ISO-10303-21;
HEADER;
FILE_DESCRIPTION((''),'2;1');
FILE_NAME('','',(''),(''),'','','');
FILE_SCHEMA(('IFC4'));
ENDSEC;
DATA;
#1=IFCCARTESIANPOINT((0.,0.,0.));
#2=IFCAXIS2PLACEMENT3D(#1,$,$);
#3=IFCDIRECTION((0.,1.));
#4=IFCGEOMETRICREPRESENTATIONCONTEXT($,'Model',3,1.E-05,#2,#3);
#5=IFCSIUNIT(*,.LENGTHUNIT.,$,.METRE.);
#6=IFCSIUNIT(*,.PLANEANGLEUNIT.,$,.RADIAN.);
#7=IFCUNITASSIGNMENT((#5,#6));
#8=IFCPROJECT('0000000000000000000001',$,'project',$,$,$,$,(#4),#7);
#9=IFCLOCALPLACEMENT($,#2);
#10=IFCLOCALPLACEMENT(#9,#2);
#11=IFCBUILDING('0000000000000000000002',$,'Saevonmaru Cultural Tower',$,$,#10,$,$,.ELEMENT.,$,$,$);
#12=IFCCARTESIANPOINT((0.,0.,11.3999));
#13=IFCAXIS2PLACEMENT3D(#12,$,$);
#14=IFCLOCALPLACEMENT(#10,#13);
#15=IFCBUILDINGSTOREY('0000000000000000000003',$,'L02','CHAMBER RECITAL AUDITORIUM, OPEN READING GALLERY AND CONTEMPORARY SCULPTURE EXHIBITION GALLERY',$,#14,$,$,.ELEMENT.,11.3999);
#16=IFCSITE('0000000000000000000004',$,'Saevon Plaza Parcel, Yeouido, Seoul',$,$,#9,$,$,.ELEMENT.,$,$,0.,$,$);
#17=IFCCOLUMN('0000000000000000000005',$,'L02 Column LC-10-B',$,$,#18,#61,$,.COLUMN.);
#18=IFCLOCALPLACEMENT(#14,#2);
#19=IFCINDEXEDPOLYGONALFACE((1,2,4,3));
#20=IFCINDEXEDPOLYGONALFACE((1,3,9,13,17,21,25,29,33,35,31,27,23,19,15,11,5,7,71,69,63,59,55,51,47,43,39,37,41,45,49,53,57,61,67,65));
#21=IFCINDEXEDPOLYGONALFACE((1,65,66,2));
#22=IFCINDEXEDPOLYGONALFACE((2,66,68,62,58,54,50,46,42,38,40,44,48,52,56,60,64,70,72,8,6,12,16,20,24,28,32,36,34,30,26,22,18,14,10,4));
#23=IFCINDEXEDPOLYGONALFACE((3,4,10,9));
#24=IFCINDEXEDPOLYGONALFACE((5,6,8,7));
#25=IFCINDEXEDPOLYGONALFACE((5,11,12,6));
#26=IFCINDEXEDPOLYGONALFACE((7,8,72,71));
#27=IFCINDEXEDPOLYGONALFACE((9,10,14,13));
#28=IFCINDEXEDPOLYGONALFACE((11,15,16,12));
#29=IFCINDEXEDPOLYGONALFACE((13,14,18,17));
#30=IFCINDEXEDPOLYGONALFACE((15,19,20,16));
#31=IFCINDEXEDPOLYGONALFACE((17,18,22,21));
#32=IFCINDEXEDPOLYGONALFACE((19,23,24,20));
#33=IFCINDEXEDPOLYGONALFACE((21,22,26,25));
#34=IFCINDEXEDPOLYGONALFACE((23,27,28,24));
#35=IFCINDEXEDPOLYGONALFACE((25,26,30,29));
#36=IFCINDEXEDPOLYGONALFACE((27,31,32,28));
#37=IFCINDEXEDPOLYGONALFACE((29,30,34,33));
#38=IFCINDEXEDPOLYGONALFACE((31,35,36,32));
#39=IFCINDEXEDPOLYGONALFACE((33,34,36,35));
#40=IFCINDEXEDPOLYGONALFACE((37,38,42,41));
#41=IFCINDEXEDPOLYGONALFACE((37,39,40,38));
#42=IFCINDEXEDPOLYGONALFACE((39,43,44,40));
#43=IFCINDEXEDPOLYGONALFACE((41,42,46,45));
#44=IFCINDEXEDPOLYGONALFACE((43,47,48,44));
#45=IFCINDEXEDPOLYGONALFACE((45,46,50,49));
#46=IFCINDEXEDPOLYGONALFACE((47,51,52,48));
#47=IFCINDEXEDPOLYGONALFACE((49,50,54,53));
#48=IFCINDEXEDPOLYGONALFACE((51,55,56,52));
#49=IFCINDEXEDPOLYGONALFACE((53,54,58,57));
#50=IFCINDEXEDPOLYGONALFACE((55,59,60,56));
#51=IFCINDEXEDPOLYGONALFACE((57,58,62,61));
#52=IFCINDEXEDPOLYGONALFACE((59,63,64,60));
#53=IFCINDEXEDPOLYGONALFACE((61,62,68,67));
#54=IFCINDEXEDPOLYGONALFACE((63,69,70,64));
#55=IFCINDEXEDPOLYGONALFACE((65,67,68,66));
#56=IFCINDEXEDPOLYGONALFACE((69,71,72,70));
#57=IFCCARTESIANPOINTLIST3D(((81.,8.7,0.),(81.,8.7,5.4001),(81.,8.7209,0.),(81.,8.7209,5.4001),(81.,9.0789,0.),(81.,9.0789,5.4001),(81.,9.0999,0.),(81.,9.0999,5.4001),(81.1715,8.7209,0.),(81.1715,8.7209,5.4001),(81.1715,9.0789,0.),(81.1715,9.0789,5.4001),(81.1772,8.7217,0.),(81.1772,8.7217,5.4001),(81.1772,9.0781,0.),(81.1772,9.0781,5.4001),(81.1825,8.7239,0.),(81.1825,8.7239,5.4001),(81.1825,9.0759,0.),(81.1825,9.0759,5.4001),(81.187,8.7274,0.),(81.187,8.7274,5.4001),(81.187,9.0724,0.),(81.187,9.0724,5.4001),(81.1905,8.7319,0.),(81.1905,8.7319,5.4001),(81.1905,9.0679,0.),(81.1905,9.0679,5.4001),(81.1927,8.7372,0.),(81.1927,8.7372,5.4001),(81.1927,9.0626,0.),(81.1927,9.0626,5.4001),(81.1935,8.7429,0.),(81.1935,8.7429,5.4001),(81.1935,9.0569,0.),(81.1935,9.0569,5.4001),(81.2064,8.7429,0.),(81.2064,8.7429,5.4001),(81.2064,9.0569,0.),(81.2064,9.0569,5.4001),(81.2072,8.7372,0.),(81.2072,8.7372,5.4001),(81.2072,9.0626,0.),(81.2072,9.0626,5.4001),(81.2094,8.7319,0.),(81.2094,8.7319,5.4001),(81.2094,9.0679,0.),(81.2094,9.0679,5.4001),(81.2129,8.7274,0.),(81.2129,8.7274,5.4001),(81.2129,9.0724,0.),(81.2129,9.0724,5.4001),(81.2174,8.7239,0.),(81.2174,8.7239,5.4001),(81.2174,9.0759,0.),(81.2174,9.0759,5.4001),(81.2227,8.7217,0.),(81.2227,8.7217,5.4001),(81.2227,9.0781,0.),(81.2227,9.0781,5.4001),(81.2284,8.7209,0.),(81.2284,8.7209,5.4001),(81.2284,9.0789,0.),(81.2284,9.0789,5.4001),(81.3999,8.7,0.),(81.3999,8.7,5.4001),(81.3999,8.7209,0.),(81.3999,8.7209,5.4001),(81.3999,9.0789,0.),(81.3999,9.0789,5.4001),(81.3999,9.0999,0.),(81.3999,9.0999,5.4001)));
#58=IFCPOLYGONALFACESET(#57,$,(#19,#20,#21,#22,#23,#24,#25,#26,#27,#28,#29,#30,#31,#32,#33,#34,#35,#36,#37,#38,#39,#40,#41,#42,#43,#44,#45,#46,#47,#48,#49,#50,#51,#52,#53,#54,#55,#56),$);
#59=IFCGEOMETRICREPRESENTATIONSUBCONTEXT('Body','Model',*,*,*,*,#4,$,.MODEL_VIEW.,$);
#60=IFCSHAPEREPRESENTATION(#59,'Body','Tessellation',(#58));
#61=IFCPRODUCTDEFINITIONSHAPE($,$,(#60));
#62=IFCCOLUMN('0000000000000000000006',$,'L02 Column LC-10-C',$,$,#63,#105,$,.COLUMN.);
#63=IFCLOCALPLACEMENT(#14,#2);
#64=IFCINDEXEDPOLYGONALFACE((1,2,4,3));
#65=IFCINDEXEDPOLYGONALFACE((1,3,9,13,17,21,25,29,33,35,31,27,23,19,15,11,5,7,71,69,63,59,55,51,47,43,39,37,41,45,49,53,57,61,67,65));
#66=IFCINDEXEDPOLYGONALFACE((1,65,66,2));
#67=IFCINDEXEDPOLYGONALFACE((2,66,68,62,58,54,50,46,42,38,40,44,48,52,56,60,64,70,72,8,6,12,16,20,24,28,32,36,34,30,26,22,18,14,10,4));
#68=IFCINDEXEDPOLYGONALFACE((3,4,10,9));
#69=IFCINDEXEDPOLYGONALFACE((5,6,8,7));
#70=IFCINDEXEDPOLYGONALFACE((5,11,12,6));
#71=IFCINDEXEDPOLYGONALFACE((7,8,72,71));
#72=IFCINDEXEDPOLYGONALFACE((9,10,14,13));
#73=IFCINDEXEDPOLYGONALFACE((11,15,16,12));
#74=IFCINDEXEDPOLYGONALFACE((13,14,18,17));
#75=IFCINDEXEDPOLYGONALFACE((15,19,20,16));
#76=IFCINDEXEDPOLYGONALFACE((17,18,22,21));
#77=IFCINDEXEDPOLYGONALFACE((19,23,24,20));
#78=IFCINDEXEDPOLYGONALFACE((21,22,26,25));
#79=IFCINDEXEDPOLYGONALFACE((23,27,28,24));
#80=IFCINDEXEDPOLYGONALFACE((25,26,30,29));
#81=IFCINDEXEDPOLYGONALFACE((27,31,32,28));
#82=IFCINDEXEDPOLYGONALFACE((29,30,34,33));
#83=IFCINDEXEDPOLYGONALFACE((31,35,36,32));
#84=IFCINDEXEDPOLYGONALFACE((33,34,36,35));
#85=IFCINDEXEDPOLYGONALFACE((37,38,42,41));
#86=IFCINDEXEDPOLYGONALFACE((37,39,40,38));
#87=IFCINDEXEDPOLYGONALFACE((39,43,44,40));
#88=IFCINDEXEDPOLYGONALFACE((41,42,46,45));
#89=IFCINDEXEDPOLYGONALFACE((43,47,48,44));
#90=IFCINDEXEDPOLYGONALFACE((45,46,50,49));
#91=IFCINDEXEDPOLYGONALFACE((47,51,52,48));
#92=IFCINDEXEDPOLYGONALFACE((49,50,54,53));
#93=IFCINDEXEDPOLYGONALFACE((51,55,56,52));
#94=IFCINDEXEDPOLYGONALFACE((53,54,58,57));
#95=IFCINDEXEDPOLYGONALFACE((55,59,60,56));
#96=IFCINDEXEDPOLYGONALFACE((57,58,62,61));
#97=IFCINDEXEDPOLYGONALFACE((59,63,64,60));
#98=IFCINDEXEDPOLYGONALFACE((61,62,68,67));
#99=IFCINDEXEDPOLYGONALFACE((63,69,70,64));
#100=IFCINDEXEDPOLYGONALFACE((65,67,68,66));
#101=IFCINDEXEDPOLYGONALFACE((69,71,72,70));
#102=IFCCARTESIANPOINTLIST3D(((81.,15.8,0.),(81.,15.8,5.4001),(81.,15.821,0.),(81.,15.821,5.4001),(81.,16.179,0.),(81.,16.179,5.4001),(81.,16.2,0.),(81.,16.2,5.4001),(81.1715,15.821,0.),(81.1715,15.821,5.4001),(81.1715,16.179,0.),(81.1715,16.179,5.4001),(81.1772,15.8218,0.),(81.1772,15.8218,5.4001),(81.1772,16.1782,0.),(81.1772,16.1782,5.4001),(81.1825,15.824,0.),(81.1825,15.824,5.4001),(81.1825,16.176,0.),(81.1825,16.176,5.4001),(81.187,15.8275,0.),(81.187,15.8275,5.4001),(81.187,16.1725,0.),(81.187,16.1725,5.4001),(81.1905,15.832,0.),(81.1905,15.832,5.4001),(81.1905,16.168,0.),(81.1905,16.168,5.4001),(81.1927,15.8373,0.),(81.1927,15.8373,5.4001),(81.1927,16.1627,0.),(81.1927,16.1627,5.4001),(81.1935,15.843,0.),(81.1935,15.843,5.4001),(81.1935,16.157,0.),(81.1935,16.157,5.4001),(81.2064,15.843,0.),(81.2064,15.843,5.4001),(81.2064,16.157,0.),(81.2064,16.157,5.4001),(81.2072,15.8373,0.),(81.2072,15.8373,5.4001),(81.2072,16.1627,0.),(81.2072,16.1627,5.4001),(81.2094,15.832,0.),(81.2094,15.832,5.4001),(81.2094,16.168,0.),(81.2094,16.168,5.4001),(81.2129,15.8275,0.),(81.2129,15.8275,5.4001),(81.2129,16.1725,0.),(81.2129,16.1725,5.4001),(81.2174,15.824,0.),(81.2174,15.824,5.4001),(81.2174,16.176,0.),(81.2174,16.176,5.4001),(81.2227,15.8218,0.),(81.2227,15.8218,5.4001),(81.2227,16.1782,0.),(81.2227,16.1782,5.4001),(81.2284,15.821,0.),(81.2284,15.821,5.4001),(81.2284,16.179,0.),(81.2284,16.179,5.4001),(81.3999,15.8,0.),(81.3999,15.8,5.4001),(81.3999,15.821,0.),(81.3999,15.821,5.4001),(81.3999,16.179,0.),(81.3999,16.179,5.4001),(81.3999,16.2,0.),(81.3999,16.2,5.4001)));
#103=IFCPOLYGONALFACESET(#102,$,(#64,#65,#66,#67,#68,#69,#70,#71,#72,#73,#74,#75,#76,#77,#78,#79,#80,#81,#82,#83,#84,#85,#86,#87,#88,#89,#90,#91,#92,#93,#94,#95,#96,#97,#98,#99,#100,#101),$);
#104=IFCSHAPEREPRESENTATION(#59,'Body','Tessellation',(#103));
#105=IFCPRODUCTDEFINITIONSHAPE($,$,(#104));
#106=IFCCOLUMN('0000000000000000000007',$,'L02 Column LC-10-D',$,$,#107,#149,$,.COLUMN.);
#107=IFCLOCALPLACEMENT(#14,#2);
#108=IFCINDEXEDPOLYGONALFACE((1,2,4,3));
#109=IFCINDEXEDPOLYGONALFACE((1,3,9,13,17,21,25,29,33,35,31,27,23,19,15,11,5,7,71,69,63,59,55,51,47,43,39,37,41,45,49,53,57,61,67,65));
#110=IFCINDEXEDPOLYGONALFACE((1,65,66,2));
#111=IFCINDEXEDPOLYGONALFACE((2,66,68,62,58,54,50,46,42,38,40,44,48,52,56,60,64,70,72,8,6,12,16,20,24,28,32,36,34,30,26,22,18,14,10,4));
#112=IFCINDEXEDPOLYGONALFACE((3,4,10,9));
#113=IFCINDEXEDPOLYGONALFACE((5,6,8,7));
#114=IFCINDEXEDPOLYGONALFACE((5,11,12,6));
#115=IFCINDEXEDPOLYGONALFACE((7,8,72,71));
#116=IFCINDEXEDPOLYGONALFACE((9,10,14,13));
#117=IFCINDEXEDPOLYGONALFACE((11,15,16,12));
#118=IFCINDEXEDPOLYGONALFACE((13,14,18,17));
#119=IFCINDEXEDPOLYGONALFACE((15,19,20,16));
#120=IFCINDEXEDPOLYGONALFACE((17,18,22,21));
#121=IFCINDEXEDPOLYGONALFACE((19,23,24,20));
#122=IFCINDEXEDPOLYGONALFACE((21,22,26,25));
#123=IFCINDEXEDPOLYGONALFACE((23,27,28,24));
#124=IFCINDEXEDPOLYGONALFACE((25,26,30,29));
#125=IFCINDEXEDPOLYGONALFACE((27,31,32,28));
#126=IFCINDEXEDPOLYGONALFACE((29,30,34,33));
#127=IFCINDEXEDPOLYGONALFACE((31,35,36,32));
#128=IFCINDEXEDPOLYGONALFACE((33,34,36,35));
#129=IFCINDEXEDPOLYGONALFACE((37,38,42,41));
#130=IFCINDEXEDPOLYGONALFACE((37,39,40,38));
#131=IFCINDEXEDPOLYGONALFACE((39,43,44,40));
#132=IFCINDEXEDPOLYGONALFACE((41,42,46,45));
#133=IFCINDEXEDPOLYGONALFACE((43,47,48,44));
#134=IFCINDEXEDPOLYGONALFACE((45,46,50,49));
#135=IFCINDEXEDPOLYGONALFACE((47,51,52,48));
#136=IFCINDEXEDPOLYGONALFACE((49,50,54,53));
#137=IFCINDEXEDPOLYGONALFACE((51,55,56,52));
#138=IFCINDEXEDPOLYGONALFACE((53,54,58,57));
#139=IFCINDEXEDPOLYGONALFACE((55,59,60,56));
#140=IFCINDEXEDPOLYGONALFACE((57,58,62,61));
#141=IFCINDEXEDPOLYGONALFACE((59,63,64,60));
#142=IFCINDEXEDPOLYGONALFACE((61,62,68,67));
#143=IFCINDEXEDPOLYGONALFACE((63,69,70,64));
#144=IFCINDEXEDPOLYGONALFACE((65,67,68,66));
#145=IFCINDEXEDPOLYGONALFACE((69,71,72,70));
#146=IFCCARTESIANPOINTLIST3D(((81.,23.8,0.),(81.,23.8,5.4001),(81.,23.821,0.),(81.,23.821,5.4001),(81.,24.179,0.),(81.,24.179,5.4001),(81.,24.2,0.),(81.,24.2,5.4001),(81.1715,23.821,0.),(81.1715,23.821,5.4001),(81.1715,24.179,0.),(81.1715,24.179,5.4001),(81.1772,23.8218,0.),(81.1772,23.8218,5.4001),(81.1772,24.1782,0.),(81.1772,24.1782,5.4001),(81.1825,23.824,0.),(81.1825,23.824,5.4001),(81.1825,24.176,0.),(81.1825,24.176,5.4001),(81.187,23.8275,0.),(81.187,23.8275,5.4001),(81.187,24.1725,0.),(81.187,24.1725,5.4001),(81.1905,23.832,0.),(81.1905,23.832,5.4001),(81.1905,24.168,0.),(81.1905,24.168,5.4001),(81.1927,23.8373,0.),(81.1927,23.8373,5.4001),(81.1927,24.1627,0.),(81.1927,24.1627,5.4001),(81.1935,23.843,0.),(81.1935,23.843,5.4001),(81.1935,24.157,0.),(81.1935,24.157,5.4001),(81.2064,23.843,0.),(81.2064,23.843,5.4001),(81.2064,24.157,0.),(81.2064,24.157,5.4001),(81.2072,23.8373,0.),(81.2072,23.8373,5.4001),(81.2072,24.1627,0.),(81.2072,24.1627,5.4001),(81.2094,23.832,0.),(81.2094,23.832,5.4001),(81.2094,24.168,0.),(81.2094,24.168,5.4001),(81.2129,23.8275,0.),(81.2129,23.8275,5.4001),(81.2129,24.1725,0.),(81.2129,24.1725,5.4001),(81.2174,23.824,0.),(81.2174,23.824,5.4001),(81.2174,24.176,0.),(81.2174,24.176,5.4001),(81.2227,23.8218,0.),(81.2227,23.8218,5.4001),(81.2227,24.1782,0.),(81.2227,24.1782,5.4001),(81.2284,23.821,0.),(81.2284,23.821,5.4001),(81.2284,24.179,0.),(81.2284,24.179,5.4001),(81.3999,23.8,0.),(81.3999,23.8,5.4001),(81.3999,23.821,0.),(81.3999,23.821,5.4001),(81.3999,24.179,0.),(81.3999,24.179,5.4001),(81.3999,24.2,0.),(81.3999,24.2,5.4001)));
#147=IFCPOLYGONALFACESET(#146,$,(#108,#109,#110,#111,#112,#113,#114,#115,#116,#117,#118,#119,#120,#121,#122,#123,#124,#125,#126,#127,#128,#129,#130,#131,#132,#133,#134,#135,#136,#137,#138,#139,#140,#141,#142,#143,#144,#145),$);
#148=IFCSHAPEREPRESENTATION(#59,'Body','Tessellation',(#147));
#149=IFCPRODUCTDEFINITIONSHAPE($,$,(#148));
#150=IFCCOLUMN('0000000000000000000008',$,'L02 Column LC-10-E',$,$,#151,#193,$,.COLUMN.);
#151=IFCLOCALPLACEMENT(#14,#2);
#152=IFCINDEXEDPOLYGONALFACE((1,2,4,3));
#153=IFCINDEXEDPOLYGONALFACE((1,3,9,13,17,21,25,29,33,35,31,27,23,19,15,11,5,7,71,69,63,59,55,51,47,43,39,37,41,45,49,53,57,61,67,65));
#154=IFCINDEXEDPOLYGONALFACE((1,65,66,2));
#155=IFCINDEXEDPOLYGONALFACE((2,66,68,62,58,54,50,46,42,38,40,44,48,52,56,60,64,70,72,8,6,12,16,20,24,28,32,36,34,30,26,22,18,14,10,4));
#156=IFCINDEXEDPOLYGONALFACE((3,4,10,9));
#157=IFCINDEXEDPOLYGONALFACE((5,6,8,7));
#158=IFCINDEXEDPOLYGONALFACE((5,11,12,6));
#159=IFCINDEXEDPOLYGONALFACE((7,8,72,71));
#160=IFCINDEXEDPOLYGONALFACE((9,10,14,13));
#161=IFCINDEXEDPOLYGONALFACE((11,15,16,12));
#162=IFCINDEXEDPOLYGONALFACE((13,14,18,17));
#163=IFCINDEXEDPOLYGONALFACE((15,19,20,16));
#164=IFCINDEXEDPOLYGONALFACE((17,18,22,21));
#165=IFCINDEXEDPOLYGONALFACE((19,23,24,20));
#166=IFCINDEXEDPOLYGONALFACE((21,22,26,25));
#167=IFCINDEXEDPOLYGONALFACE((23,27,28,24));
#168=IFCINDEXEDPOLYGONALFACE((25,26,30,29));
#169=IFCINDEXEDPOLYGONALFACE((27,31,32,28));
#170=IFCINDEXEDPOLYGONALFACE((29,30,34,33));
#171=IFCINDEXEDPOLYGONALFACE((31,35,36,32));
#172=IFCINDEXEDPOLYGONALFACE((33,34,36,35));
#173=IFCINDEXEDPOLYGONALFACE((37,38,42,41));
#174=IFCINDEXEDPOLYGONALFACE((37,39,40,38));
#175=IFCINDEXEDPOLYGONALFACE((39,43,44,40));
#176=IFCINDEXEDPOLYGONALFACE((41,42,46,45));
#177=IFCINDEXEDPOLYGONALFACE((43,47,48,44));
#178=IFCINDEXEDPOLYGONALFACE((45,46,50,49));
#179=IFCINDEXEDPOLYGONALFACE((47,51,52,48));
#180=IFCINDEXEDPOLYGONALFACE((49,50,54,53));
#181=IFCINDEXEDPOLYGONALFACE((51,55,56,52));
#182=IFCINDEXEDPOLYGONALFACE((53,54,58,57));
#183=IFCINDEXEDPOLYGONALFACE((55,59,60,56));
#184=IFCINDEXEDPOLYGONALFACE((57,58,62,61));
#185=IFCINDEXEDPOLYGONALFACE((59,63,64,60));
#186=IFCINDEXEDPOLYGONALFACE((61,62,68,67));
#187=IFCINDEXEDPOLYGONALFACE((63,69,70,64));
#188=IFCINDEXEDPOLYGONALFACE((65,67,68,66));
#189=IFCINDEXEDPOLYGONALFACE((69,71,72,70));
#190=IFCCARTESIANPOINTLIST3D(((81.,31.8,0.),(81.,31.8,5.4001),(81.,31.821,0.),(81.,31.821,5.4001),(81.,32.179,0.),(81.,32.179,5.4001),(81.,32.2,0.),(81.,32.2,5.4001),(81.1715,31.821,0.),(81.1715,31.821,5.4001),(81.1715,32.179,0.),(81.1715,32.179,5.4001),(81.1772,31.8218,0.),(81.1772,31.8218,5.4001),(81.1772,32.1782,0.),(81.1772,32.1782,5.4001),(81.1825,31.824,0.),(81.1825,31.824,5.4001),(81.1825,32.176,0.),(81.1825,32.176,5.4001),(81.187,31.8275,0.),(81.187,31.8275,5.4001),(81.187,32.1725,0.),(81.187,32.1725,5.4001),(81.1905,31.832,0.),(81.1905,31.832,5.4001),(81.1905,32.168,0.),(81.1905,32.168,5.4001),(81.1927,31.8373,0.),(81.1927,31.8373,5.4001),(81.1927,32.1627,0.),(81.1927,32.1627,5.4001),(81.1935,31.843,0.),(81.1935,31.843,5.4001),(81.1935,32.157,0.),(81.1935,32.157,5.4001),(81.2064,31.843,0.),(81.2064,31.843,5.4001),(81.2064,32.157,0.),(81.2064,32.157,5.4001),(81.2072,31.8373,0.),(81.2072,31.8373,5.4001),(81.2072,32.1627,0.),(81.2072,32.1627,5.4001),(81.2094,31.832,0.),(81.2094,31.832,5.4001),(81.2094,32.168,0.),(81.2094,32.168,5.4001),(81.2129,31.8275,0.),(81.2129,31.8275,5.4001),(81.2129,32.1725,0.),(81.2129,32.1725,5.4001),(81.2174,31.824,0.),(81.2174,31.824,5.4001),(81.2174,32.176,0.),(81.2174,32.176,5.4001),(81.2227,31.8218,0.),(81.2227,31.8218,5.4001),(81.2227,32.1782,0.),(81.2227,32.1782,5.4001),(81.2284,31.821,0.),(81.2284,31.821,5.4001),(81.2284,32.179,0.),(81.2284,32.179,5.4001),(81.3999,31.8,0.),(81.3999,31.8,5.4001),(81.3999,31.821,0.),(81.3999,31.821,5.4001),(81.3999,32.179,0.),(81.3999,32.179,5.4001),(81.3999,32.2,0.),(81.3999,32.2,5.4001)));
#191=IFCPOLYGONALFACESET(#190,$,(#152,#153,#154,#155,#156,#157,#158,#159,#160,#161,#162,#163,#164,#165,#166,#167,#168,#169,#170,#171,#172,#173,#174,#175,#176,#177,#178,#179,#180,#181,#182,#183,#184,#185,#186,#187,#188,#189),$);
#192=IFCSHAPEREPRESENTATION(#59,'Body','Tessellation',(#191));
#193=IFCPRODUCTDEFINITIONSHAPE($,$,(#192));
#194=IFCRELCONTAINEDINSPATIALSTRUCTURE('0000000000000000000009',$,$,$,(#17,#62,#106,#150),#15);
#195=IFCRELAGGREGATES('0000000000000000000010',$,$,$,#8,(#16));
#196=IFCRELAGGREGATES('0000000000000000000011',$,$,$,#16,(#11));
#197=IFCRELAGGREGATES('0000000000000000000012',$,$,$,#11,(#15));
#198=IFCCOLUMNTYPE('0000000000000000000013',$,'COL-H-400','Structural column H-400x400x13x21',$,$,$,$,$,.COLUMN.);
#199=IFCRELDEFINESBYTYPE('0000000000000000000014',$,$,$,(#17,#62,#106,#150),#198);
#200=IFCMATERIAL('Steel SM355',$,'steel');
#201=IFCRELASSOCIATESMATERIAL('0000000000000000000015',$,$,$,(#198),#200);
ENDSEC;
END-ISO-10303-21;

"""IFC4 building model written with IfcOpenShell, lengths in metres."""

from ifc_helpers import new_model, si_unit, direction, frame, origin, origin_2d, place, context, subcontext, project, spatial, i_section, extrude, material, material_profile, profile_set, type_object, element, save


model = new_model("IFC4")

# Units and contexts
model_context = context("Model", 3, precision=1e-05, world=origin(), true_north=direction((0.0, 1.0)))
body_context = subcontext(model_context, "Body", "Model", "MODEL_VIEW")
ifc_project = project(units=[si_unit("LENGTHUNIT", "METRE"), si_unit("PLANEANGLEUNIT", "RADIAN")], contexts=[model_context])

# Site, building, storey
site_placement = place(None, origin())
site = spatial("IfcSite", under=ifc_project, at=site_placement, Name="Saevon Plaza Parcel, Yeouido, Seoul", CompositionType="ELEMENT", RefElevation=0.0)
building_placement = place(site_placement, origin())
building = spatial("IfcBuilding", under=site, at=building_placement, Name="Saevonmaru Cultural Tower", CompositionType="ELEMENT")
storey_placement = place(building_placement, frame((0.0, 0.0, 11.3999)))
storey = spatial("IfcBuildingStorey", under=building, at=storey_placement, Name="L02", Description="CHAMBER RECITAL AUDITORIUM, OPEN READING GALLERY AND CONTEMPORARY SCULPTURE EXHIBITION GALLERY", CompositionType="ELEMENT", Elevation=11.3999)

# Columns
ifc_material_1 = material(Name="Steel SM355", Category="steel")
ifc_material_profile_1 = material_profile(ifc_material_1, i_section(OverallWidth=0.3999, OverallDepth=0.3999, WebThickness=0.0129, FlangeThickness=0.021, FilletRadius=0.022, at=origin_2d()), Name="H-400x400x13x21")
ifc_profile_set_1 = profile_set([ifc_material_profile_1], Name="Steel SM355")
column_type_1 = type_object("IfcColumnType", Name="COL-H-400", Description="Structural column H-400x400x13x21", PredefinedType="COLUMN", material=ifc_profile_set_1)
for number, where, z_axis, x_axis, name in (
    (1, (81.2, 8.8999, 0.0), (0.0, 0.0, 1.0), (1.0, 0.0, 0.0), "L02 Column LC-10-B"),
    (2, (81.2, 16.0, 0.0), (0.0, 0.0, 1.0), (1.0, 0.0, 0.0), "L02 Column LC-10-C"),
    (3, (81.2, 24.0, 0.0), (0.0, 0.0, 1.0), (1.0, 0.0, 0.0), "L02 Column LC-10-D"),
    (4, (81.2, 32.0, 0.0), (0.0, 0.0, 1.0), (1.0, 0.0, 0.0), "L02 Column LC-10-E"),
):
    element("IfcColumn", number, at=place(storey_placement, frame(where, z_axis=z_axis, x_axis=x_axis)), inside=storey, type_object=column_type_1, Name=name, PredefinedType="COLUMN", context=body_context, shape_type="SweptSolid", body=[
        extrude(i_section(OverallWidth=0.3999, OverallDepth=0.3999, WebThickness=0.0129, FlangeThickness=0.021, FilletRadius=0.022, at=origin_2d()), origin(), (0.0, 0.0, 1.0), 5.4001),
    ])

save(model, "model.ifc")
